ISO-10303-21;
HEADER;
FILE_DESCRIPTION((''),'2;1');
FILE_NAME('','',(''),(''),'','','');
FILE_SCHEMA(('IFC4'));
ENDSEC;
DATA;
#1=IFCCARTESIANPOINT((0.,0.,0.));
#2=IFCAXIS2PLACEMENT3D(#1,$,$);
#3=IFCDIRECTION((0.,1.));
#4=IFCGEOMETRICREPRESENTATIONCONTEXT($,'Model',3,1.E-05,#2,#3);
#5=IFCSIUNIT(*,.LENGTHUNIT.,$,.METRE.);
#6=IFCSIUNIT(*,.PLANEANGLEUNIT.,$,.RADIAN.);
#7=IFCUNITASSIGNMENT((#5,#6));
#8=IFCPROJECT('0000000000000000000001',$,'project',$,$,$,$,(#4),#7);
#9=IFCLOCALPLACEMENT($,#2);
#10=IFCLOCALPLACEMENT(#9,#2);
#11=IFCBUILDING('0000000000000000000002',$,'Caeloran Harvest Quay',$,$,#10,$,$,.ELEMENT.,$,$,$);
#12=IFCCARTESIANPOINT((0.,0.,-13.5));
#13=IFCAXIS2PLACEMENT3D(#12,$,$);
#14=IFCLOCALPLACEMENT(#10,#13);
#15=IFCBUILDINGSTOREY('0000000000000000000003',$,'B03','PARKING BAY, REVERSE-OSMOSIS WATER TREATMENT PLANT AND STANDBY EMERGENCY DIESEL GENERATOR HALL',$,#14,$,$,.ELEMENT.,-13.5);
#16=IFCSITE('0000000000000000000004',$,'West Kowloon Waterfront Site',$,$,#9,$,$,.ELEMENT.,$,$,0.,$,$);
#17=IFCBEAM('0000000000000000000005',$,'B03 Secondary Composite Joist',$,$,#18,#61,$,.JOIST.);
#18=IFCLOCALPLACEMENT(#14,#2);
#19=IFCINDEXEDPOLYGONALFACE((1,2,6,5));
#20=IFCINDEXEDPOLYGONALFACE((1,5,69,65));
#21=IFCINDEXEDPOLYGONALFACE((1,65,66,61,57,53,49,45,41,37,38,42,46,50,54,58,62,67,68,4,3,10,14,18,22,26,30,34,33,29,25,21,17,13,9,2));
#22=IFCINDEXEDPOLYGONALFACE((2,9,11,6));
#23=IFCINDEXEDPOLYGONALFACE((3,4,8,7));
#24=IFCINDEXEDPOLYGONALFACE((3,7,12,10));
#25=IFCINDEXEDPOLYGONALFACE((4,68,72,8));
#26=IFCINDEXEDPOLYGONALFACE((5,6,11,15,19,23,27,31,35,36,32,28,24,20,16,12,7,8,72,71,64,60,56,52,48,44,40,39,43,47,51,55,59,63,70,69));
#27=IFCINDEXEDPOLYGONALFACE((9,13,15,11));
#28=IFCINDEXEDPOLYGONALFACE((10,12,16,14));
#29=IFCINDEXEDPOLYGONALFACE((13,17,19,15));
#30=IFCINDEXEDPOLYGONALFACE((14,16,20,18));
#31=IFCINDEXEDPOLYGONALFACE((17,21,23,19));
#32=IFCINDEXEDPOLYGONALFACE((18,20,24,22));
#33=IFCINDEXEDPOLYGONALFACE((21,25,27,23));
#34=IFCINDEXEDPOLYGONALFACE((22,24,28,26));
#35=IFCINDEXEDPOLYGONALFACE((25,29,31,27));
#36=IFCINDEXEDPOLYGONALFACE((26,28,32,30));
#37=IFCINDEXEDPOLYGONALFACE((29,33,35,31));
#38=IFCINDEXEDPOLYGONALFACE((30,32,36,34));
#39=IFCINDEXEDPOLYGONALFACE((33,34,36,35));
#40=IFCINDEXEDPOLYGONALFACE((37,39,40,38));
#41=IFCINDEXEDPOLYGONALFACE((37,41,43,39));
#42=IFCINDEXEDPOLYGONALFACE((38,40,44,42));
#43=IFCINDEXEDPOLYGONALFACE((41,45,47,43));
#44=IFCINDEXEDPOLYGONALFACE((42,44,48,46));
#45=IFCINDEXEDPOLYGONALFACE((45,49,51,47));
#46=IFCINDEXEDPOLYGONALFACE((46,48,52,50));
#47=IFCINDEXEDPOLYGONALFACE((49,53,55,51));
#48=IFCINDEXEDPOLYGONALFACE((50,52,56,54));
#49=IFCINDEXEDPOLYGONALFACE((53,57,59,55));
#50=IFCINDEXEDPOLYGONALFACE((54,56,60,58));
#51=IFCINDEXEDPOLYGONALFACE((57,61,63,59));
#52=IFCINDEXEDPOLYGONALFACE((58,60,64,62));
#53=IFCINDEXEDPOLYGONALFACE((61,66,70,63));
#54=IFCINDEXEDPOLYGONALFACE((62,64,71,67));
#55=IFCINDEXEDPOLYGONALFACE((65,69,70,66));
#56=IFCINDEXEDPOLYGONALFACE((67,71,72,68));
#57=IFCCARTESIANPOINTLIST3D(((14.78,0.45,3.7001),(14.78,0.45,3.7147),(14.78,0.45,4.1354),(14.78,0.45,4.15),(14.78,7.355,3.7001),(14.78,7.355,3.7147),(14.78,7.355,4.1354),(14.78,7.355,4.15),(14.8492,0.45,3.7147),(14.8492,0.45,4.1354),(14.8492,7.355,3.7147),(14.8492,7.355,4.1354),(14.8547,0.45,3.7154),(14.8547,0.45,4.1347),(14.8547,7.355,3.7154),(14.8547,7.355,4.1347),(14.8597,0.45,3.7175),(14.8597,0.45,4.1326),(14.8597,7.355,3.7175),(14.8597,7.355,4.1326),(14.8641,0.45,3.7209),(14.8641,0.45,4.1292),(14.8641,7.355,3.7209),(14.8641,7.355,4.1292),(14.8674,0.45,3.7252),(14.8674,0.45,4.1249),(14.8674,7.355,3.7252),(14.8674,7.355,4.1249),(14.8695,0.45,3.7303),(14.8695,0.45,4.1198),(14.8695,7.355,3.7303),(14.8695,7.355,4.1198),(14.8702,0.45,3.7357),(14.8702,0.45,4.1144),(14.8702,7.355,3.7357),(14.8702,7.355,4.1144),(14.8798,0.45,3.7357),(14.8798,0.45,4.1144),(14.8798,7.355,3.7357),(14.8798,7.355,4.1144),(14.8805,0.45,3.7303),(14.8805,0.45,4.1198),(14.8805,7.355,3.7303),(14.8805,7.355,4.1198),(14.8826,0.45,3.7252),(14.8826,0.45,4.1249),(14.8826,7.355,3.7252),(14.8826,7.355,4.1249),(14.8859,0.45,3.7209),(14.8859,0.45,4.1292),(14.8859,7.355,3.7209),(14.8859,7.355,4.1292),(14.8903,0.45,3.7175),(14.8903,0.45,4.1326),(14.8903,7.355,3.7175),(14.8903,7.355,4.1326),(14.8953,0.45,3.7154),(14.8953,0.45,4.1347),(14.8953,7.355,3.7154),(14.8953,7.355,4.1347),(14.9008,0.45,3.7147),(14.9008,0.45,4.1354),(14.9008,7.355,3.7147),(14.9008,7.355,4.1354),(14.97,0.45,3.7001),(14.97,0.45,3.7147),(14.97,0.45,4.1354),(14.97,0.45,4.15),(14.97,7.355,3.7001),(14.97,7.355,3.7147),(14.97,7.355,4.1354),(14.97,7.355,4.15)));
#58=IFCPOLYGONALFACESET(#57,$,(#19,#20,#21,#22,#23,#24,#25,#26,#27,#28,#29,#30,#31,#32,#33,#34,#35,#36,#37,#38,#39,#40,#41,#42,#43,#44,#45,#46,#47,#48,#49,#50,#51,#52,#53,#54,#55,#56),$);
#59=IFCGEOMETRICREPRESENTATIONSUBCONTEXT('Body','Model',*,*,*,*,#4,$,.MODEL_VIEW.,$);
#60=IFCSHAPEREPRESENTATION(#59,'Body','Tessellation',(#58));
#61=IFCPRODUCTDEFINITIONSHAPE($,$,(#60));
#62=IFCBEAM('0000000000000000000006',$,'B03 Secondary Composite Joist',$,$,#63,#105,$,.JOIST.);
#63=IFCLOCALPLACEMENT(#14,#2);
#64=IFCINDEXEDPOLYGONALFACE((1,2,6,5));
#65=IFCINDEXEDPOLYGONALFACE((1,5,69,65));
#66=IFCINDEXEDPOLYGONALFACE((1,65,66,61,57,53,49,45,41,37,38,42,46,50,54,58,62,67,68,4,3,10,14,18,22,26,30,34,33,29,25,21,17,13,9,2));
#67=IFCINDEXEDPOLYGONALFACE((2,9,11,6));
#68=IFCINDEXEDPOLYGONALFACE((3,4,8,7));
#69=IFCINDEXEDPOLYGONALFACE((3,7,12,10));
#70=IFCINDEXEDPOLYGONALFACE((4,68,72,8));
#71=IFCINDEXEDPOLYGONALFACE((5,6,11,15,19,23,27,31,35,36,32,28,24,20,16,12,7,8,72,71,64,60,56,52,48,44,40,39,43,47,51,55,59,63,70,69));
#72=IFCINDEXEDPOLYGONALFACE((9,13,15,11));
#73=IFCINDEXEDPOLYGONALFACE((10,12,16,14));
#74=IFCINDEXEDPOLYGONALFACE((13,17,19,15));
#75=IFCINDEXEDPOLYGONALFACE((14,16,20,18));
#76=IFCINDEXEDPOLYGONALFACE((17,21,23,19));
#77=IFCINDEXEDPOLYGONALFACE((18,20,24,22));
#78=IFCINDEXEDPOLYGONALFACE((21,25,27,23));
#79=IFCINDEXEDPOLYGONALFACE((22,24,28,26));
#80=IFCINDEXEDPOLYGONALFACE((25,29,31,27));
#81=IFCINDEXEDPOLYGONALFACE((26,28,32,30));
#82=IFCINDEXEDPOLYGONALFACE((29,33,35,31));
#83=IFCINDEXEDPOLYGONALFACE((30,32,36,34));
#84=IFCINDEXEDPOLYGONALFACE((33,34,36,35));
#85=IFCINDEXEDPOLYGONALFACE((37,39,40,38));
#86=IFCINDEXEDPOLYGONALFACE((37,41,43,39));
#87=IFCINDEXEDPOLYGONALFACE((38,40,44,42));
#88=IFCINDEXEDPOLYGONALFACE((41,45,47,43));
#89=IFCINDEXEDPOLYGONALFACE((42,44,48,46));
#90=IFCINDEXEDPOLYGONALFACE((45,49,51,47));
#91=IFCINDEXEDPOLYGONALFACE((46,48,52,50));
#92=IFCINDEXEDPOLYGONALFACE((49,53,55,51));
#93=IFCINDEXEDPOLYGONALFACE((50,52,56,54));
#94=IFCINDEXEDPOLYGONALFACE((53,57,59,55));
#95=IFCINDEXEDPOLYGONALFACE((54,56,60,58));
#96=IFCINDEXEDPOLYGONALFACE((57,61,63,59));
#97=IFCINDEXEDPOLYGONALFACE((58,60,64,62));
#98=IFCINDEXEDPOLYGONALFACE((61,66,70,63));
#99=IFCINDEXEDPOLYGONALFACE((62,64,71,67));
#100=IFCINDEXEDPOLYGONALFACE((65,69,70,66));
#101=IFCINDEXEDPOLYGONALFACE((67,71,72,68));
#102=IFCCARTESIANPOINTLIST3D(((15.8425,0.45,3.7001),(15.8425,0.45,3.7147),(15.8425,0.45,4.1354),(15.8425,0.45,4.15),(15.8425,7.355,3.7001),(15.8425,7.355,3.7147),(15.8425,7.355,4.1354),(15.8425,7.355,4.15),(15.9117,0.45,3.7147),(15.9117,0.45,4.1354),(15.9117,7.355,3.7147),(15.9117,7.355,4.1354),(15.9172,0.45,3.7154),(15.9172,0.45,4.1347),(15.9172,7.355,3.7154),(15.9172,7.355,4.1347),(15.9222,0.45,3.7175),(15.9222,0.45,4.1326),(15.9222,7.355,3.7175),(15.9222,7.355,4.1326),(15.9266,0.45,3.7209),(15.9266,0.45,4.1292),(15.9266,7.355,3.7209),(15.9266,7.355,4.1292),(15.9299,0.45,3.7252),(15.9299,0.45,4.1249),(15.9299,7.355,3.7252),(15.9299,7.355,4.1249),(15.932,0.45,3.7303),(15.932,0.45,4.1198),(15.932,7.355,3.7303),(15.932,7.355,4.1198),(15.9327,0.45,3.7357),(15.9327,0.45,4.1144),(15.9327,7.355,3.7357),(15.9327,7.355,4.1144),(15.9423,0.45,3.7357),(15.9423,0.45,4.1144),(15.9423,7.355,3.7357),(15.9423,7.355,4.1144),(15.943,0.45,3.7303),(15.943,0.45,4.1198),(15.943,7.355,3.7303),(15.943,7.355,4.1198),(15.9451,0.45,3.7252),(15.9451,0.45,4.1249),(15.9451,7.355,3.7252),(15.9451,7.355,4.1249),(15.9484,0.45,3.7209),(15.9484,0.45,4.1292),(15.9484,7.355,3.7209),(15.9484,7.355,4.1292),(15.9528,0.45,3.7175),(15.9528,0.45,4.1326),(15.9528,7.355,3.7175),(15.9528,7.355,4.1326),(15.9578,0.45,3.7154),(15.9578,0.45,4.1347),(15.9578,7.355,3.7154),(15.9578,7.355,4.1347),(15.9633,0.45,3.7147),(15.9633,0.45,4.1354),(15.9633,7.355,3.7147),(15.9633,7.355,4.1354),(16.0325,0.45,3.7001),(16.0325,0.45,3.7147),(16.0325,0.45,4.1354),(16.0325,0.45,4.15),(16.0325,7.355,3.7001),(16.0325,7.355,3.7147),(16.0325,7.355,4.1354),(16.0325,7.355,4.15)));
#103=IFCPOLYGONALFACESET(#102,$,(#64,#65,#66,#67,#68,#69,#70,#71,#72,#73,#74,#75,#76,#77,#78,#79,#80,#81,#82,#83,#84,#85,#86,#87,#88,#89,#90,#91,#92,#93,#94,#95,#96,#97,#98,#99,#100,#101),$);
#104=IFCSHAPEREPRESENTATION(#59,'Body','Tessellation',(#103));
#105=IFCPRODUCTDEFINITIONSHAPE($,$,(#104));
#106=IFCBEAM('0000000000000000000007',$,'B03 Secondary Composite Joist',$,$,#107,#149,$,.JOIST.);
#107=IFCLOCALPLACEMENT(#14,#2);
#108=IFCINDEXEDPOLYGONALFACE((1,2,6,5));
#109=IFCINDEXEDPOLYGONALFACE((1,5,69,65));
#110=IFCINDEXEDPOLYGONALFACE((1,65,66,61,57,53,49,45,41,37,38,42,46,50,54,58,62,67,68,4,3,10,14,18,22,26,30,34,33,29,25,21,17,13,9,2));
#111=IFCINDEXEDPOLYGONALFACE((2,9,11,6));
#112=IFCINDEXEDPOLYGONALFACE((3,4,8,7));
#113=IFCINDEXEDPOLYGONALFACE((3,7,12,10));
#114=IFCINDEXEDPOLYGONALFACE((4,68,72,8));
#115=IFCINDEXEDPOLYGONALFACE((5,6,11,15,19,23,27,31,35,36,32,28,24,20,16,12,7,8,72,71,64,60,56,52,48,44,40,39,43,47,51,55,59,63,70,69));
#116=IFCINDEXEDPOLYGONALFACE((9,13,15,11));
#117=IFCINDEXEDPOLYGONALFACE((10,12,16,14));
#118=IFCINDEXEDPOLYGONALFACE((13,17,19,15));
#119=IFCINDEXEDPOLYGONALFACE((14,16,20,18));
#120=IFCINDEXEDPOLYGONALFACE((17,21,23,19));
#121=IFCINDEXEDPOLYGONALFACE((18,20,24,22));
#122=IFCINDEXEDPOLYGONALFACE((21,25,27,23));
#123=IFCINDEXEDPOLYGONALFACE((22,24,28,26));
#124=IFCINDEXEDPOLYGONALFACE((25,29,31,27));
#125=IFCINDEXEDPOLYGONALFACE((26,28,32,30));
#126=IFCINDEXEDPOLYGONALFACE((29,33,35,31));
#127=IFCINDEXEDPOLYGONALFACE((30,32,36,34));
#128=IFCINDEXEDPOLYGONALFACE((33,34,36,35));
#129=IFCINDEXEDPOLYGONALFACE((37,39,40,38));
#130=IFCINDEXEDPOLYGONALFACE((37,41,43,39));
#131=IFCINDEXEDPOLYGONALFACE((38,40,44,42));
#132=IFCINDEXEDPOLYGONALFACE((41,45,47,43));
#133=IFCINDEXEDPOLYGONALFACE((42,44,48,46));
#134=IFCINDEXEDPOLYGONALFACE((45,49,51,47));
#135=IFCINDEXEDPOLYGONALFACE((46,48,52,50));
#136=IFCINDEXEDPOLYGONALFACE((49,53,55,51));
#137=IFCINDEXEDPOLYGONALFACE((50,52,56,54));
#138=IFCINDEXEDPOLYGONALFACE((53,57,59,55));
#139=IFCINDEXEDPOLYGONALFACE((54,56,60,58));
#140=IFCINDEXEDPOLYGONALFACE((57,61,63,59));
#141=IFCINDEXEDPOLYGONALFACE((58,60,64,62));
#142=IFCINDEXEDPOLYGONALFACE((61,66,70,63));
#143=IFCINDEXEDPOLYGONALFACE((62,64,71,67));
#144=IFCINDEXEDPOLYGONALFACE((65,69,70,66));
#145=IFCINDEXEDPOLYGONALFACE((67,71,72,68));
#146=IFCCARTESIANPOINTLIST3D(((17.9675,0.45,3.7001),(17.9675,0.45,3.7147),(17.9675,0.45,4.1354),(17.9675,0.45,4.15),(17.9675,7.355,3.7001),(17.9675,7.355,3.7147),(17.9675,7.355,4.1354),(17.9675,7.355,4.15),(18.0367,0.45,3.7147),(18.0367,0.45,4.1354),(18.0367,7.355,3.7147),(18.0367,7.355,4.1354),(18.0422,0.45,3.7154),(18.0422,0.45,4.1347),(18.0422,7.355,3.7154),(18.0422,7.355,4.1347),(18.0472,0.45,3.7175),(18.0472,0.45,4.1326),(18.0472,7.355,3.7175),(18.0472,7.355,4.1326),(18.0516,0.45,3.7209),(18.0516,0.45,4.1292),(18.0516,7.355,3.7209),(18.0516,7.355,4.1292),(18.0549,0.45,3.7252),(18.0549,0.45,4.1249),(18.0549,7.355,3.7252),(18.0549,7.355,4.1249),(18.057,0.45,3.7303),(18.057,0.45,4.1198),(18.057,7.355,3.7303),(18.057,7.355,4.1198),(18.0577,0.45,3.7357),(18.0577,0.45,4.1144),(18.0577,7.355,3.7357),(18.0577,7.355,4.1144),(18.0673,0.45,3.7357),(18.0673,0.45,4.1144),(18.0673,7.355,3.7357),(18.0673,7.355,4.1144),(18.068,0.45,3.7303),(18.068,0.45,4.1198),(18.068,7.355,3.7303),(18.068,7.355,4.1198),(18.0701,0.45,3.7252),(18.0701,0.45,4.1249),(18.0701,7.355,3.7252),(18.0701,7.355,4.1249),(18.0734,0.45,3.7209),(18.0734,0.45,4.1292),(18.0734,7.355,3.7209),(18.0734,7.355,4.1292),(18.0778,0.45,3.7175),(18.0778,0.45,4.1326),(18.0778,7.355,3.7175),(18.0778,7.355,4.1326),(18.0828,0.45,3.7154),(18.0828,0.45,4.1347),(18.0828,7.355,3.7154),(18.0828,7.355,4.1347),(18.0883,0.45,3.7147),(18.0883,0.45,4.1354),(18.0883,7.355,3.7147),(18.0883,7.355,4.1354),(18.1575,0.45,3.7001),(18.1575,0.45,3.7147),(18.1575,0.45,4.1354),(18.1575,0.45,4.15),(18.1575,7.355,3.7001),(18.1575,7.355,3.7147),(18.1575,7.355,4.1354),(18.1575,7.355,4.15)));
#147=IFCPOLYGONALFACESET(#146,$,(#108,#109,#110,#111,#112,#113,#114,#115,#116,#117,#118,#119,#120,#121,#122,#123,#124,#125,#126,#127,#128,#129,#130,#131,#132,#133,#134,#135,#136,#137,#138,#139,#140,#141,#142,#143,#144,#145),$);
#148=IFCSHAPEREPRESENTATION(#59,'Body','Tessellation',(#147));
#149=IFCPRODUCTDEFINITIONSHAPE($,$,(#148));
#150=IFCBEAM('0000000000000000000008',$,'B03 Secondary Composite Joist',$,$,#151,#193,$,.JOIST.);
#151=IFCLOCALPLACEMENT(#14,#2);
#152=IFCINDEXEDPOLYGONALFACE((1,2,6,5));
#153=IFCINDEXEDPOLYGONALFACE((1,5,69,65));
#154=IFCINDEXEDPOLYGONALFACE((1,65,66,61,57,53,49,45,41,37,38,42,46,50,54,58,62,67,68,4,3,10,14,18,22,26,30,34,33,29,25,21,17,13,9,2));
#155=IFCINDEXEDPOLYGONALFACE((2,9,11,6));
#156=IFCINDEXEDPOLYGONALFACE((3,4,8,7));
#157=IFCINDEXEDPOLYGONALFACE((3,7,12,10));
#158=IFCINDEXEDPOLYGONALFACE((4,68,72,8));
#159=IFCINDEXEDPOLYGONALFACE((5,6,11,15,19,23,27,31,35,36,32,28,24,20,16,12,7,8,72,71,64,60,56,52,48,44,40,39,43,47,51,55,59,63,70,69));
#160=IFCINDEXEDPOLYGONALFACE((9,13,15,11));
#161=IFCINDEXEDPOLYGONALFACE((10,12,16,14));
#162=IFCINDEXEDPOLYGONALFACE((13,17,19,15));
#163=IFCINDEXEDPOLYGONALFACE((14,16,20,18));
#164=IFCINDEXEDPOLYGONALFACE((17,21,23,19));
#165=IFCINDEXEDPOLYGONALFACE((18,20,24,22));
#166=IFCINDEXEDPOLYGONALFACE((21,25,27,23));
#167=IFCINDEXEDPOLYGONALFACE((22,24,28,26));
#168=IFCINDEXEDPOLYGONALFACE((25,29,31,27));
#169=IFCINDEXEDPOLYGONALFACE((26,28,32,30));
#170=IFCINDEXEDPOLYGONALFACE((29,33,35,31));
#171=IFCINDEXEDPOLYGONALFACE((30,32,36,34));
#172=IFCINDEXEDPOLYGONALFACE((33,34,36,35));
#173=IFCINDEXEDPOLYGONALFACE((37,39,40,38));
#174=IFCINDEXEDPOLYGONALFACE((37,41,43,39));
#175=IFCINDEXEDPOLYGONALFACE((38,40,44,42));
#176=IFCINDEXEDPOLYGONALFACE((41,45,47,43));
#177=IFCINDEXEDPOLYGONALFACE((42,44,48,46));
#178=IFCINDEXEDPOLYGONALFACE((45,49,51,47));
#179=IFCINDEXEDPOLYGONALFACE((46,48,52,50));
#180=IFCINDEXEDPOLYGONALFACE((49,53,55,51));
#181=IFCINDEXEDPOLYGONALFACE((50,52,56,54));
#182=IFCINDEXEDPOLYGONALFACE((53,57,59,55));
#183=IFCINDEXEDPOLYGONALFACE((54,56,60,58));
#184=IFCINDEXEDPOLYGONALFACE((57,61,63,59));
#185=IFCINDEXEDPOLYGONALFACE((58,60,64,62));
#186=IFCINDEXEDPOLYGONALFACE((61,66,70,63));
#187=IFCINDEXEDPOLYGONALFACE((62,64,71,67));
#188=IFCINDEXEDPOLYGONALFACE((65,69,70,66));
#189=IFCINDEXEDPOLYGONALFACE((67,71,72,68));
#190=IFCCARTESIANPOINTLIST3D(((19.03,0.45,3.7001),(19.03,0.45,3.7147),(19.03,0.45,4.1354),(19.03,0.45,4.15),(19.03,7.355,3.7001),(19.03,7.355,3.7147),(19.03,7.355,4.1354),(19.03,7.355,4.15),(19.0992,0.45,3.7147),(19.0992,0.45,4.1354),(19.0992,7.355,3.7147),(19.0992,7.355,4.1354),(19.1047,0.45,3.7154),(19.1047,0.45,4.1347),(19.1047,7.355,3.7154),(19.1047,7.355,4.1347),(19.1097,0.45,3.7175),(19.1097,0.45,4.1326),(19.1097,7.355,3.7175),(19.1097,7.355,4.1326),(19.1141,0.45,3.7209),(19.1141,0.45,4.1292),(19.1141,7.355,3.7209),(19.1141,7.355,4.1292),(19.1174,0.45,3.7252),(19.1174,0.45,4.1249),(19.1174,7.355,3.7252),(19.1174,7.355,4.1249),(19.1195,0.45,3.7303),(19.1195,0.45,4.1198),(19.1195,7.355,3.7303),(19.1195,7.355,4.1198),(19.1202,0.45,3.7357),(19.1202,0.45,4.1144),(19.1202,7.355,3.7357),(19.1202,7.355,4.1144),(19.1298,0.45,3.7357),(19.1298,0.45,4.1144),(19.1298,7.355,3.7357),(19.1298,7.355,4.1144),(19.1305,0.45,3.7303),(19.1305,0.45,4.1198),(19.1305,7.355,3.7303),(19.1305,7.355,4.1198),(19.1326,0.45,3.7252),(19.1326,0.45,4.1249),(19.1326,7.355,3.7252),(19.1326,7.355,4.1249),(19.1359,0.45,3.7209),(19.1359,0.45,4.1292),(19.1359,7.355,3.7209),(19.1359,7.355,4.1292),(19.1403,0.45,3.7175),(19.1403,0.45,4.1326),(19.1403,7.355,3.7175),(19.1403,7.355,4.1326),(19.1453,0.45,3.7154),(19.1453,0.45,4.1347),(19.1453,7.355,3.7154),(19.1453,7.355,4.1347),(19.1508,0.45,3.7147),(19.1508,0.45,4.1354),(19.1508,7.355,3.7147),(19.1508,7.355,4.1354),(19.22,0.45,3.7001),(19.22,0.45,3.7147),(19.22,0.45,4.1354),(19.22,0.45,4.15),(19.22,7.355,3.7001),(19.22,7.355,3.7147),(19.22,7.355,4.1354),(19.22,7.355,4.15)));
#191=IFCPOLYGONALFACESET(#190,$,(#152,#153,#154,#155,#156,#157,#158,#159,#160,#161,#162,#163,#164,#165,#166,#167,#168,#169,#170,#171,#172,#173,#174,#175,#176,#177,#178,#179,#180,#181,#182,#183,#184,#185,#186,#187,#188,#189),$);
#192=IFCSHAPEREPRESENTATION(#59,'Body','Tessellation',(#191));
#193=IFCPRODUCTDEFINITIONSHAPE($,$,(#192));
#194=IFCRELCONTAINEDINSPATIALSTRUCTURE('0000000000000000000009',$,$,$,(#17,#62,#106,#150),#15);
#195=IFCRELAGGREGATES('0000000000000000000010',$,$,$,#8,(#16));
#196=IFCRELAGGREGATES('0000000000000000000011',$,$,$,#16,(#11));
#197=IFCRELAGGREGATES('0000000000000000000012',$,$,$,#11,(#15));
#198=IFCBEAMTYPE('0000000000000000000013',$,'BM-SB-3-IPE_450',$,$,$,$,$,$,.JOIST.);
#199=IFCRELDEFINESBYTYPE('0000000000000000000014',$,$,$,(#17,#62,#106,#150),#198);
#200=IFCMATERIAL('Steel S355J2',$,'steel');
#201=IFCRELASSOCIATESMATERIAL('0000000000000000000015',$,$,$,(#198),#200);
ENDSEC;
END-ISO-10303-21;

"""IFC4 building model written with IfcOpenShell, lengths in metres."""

from ifc_helpers import new_model, si_unit, direction, frame, origin, origin_2d, place, context, subcontext, project, spatial, i_section, extrude, material, material_profile, profile_set, type_object, element, save


model = new_model("IFC4")

# Units and contexts
model_context = context("Model", 3, precision=1e-05, world=origin(), true_north=direction((0.0, 1.0)))
body_context = subcontext(model_context, "Body", "Model", "MODEL_VIEW")
ifc_project = project(units=[si_unit("LENGTHUNIT", "METRE"), si_unit("PLANEANGLEUNIT", "RADIAN")], contexts=[model_context])

# Site, building, storey
site_placement = place(None, origin())
site = spatial("IfcSite", under=ifc_project, at=site_placement, Name="West Kowloon Waterfront Site", CompositionType="ELEMENT", RefElevation=0.0)
building_placement = place(site_placement, origin())
building = spatial("IfcBuilding", under=site, at=building_placement, Name="Caeloran Harvest Quay", CompositionType="ELEMENT")
storey_placement = place(building_placement, frame((0.0, 0.0, -13.5)))
storey = spatial("IfcBuildingStorey", under=building, at=storey_placement, Name="B03", Description="PARKING BAY, REVERSE-OSMOSIS WATER TREATMENT PLANT AND STANDBY EMERGENCY DIESEL GENERATOR HALL", CompositionType="ELEMENT", Elevation=-13.5)

# Beams
ifc_material_1 = material(Name="Steel S355J2", Category="steel")
ifc_material_profile_1 = material_profile(ifc_material_1, i_section(OverallWidth=0.1899, OverallDepth=0.45, WebThickness=0.0095, FlangeThickness=0.0146, FilletRadius=0.021, at=origin_2d()), Name="IPE 450")
ifc_profile_set_1 = profile_set([ifc_material_profile_1], Name="Steel S355J2")
beam_type_1 = type_object("IfcBeamType", Name="BM-SB-3-IPE_450", PredefinedType="JOIST", material=ifc_profile_set_1)
for number, where, z_axis, x_axis, name in (
    (1, (14.875, 0.45, 3.925), (0.0, 1.0, 0.0), (-1.0, 0.0, 0.0), "B03 Secondary Composite Joist"),
    (2, (15.9375, 0.45, 3.925), (0.0, 1.0, 0.0), (-1.0, 0.0, 0.0), "B03 Secondary Composite Joist"),
    (3, (18.0625, 0.45, 3.925), (0.0, 1.0, 0.0), (-1.0, 0.0, 0.0), "B03 Secondary Composite Joist"),
    (4, (19.125, 0.45, 3.925), (0.0, 1.0, 0.0), (-1.0, 0.0, 0.0), "B03 Secondary Composite Joist"),
):
    element("IfcBeam", number, at=place(storey_placement, frame(where, z_axis=z_axis, x_axis=x_axis)), inside=storey, type_object=beam_type_1, Name=name, PredefinedType="JOIST", context=body_context, shape_type="SweptSolid", body=[
        extrude(i_section(OverallWidth=0.1899, OverallDepth=0.45, WebThickness=0.0095, FlangeThickness=0.0146, FilletRadius=0.021, at=origin_2d()), origin(), (0.0, 0.0, 1.0), 6.905),
    ])

save(model, "model.ifc")
